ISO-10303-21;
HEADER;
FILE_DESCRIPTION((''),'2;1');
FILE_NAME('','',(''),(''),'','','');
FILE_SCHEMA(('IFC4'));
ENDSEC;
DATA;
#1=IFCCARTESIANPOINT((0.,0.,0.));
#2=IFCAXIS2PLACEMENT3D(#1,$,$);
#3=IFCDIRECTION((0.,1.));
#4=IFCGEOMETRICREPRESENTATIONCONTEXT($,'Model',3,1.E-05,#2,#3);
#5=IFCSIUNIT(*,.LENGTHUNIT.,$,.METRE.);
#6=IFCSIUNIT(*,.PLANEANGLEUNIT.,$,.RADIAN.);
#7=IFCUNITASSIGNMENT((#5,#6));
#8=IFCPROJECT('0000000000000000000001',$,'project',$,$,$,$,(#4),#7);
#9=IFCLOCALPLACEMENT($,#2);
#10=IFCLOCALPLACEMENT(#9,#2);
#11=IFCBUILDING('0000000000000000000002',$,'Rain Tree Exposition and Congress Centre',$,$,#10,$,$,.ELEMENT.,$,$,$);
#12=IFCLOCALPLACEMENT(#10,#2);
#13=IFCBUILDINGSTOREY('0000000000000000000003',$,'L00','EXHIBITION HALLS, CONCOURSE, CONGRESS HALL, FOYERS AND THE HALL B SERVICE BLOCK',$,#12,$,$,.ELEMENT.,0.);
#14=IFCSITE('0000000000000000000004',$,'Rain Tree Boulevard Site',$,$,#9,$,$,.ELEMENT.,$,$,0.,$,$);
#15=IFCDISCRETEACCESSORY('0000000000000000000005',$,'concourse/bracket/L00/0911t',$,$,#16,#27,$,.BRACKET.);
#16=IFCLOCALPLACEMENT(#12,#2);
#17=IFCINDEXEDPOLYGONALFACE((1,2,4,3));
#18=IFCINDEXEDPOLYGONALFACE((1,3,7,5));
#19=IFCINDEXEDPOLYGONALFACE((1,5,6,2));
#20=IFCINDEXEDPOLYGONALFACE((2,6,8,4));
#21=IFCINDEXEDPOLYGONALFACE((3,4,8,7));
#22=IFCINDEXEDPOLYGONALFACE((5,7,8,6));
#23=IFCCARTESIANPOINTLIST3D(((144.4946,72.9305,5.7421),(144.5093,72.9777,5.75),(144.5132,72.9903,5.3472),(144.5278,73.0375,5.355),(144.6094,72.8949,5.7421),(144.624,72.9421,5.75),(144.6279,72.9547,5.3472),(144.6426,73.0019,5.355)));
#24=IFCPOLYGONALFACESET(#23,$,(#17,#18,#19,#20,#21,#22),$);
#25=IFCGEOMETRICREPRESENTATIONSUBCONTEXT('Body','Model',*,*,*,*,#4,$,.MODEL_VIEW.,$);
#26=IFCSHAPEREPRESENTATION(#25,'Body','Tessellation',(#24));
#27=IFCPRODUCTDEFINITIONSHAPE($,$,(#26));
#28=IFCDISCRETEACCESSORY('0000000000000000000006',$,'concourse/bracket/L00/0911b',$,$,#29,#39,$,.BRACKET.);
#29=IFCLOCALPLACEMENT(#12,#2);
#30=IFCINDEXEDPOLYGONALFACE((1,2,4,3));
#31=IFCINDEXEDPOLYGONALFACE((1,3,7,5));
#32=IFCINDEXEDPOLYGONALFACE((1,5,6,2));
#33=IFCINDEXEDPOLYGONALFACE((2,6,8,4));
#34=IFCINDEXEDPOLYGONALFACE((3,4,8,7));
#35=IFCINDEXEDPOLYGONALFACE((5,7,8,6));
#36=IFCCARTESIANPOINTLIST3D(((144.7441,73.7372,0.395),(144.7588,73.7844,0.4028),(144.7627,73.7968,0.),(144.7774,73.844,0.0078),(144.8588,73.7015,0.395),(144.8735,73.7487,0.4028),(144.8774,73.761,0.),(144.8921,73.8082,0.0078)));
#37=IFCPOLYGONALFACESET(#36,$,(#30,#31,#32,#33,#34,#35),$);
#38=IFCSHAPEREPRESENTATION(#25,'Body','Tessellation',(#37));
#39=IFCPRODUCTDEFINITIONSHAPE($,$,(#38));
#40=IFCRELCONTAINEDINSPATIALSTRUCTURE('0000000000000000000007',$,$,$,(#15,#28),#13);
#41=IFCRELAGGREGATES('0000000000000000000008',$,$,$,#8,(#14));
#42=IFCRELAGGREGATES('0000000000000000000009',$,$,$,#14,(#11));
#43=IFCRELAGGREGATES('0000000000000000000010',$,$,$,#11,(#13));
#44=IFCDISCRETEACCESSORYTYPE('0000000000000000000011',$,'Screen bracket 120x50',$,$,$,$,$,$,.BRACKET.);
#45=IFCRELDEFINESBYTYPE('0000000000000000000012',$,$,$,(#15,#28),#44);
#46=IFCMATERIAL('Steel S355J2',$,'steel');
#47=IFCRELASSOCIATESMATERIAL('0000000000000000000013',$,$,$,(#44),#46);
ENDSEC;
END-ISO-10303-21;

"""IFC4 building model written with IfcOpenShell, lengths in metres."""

from ifc_helpers import new_model, si_unit, direction, frame, origin, origin_2d, place, context, subcontext, project, spatial, rectangle, extrude, material, material_profile, profile_set, type_object, element, save


model = new_model("IFC4")

# Units and contexts
model_context = context("Model", 3, precision=1e-05, world=origin(), true_north=direction((0.0, 1.0)))
body_context = subcontext(model_context, "Body", "Model", "MODEL_VIEW")
ifc_project = project(units=[si_unit("LENGTHUNIT", "METRE"), si_unit("PLANEANGLEUNIT", "RADIAN")], contexts=[model_context])

# Site, building, storey
site_placement = place(None, origin())
site = spatial("IfcSite", under=ifc_project, at=site_placement, Name="Rain Tree Boulevard Site", CompositionType="ELEMENT", RefElevation=0.0)
building_placement = place(site_placement, origin())
building = spatial("IfcBuilding", under=site, at=building_placement, Name="Rain Tree Exposition and Congress Centre", CompositionType="ELEMENT")
storey_placement = place(building_placement, origin())
storey = spatial("IfcBuildingStorey", under=building, at=storey_placement, Name="L00", Description="EXHIBITION HALLS, CONCOURSE, CONGRESS HALL, FOYERS AND THE HALL B SERVICE BLOCK", CompositionType="ELEMENT", Elevation=0.0)

# Discrete accessories
ifc_material_1 = material(Name="Steel S355J2", Category="steel")
ifc_material_profile_1 = material_profile(ifc_material_1, rectangle(XDim=0.1201, YDim=0.05, at=origin_2d()), Name="Flat bar 120x50")
ifc_profile_set_1 = profile_set([ifc_material_profile_1], Name="Steel S355J2")
discrete_accessory_type = type_object("IfcDiscreteAccessoryType", Name="Screen bracket 120x50", PredefinedType="BRACKET", material=ifc_profile_set_1)
for number, where, z_axis, x_axis, name in (
    (1, (144.5779, 72.9961, 5.3511), (-0.046392, -0.149554, 0.987665), (0.955102, -0.296277, 0.0), "concourse/bracket/L00/0911t"),
    (2, (144.8274, 73.8025, 0.0039), (-0.046396, -0.148957, 0.987755), (0.954758, -0.297384, 0.0), "concourse/bracket/L00/0911b"),
):
    element("IfcDiscreteAccessory", number, at=place(storey_placement, frame(where, z_axis=z_axis, x_axis=x_axis)), inside=storey, type_object=discrete_accessory_type, Name=name, PredefinedType="BRACKET", context=body_context, shape_type="SweptSolid", body=[
        extrude(rectangle(XDim=0.1201, YDim=0.05, at=origin_2d()), origin(), (0.0, 0.0, 1.0), 0.3999),
    ])

save(model, "model.ifc")
